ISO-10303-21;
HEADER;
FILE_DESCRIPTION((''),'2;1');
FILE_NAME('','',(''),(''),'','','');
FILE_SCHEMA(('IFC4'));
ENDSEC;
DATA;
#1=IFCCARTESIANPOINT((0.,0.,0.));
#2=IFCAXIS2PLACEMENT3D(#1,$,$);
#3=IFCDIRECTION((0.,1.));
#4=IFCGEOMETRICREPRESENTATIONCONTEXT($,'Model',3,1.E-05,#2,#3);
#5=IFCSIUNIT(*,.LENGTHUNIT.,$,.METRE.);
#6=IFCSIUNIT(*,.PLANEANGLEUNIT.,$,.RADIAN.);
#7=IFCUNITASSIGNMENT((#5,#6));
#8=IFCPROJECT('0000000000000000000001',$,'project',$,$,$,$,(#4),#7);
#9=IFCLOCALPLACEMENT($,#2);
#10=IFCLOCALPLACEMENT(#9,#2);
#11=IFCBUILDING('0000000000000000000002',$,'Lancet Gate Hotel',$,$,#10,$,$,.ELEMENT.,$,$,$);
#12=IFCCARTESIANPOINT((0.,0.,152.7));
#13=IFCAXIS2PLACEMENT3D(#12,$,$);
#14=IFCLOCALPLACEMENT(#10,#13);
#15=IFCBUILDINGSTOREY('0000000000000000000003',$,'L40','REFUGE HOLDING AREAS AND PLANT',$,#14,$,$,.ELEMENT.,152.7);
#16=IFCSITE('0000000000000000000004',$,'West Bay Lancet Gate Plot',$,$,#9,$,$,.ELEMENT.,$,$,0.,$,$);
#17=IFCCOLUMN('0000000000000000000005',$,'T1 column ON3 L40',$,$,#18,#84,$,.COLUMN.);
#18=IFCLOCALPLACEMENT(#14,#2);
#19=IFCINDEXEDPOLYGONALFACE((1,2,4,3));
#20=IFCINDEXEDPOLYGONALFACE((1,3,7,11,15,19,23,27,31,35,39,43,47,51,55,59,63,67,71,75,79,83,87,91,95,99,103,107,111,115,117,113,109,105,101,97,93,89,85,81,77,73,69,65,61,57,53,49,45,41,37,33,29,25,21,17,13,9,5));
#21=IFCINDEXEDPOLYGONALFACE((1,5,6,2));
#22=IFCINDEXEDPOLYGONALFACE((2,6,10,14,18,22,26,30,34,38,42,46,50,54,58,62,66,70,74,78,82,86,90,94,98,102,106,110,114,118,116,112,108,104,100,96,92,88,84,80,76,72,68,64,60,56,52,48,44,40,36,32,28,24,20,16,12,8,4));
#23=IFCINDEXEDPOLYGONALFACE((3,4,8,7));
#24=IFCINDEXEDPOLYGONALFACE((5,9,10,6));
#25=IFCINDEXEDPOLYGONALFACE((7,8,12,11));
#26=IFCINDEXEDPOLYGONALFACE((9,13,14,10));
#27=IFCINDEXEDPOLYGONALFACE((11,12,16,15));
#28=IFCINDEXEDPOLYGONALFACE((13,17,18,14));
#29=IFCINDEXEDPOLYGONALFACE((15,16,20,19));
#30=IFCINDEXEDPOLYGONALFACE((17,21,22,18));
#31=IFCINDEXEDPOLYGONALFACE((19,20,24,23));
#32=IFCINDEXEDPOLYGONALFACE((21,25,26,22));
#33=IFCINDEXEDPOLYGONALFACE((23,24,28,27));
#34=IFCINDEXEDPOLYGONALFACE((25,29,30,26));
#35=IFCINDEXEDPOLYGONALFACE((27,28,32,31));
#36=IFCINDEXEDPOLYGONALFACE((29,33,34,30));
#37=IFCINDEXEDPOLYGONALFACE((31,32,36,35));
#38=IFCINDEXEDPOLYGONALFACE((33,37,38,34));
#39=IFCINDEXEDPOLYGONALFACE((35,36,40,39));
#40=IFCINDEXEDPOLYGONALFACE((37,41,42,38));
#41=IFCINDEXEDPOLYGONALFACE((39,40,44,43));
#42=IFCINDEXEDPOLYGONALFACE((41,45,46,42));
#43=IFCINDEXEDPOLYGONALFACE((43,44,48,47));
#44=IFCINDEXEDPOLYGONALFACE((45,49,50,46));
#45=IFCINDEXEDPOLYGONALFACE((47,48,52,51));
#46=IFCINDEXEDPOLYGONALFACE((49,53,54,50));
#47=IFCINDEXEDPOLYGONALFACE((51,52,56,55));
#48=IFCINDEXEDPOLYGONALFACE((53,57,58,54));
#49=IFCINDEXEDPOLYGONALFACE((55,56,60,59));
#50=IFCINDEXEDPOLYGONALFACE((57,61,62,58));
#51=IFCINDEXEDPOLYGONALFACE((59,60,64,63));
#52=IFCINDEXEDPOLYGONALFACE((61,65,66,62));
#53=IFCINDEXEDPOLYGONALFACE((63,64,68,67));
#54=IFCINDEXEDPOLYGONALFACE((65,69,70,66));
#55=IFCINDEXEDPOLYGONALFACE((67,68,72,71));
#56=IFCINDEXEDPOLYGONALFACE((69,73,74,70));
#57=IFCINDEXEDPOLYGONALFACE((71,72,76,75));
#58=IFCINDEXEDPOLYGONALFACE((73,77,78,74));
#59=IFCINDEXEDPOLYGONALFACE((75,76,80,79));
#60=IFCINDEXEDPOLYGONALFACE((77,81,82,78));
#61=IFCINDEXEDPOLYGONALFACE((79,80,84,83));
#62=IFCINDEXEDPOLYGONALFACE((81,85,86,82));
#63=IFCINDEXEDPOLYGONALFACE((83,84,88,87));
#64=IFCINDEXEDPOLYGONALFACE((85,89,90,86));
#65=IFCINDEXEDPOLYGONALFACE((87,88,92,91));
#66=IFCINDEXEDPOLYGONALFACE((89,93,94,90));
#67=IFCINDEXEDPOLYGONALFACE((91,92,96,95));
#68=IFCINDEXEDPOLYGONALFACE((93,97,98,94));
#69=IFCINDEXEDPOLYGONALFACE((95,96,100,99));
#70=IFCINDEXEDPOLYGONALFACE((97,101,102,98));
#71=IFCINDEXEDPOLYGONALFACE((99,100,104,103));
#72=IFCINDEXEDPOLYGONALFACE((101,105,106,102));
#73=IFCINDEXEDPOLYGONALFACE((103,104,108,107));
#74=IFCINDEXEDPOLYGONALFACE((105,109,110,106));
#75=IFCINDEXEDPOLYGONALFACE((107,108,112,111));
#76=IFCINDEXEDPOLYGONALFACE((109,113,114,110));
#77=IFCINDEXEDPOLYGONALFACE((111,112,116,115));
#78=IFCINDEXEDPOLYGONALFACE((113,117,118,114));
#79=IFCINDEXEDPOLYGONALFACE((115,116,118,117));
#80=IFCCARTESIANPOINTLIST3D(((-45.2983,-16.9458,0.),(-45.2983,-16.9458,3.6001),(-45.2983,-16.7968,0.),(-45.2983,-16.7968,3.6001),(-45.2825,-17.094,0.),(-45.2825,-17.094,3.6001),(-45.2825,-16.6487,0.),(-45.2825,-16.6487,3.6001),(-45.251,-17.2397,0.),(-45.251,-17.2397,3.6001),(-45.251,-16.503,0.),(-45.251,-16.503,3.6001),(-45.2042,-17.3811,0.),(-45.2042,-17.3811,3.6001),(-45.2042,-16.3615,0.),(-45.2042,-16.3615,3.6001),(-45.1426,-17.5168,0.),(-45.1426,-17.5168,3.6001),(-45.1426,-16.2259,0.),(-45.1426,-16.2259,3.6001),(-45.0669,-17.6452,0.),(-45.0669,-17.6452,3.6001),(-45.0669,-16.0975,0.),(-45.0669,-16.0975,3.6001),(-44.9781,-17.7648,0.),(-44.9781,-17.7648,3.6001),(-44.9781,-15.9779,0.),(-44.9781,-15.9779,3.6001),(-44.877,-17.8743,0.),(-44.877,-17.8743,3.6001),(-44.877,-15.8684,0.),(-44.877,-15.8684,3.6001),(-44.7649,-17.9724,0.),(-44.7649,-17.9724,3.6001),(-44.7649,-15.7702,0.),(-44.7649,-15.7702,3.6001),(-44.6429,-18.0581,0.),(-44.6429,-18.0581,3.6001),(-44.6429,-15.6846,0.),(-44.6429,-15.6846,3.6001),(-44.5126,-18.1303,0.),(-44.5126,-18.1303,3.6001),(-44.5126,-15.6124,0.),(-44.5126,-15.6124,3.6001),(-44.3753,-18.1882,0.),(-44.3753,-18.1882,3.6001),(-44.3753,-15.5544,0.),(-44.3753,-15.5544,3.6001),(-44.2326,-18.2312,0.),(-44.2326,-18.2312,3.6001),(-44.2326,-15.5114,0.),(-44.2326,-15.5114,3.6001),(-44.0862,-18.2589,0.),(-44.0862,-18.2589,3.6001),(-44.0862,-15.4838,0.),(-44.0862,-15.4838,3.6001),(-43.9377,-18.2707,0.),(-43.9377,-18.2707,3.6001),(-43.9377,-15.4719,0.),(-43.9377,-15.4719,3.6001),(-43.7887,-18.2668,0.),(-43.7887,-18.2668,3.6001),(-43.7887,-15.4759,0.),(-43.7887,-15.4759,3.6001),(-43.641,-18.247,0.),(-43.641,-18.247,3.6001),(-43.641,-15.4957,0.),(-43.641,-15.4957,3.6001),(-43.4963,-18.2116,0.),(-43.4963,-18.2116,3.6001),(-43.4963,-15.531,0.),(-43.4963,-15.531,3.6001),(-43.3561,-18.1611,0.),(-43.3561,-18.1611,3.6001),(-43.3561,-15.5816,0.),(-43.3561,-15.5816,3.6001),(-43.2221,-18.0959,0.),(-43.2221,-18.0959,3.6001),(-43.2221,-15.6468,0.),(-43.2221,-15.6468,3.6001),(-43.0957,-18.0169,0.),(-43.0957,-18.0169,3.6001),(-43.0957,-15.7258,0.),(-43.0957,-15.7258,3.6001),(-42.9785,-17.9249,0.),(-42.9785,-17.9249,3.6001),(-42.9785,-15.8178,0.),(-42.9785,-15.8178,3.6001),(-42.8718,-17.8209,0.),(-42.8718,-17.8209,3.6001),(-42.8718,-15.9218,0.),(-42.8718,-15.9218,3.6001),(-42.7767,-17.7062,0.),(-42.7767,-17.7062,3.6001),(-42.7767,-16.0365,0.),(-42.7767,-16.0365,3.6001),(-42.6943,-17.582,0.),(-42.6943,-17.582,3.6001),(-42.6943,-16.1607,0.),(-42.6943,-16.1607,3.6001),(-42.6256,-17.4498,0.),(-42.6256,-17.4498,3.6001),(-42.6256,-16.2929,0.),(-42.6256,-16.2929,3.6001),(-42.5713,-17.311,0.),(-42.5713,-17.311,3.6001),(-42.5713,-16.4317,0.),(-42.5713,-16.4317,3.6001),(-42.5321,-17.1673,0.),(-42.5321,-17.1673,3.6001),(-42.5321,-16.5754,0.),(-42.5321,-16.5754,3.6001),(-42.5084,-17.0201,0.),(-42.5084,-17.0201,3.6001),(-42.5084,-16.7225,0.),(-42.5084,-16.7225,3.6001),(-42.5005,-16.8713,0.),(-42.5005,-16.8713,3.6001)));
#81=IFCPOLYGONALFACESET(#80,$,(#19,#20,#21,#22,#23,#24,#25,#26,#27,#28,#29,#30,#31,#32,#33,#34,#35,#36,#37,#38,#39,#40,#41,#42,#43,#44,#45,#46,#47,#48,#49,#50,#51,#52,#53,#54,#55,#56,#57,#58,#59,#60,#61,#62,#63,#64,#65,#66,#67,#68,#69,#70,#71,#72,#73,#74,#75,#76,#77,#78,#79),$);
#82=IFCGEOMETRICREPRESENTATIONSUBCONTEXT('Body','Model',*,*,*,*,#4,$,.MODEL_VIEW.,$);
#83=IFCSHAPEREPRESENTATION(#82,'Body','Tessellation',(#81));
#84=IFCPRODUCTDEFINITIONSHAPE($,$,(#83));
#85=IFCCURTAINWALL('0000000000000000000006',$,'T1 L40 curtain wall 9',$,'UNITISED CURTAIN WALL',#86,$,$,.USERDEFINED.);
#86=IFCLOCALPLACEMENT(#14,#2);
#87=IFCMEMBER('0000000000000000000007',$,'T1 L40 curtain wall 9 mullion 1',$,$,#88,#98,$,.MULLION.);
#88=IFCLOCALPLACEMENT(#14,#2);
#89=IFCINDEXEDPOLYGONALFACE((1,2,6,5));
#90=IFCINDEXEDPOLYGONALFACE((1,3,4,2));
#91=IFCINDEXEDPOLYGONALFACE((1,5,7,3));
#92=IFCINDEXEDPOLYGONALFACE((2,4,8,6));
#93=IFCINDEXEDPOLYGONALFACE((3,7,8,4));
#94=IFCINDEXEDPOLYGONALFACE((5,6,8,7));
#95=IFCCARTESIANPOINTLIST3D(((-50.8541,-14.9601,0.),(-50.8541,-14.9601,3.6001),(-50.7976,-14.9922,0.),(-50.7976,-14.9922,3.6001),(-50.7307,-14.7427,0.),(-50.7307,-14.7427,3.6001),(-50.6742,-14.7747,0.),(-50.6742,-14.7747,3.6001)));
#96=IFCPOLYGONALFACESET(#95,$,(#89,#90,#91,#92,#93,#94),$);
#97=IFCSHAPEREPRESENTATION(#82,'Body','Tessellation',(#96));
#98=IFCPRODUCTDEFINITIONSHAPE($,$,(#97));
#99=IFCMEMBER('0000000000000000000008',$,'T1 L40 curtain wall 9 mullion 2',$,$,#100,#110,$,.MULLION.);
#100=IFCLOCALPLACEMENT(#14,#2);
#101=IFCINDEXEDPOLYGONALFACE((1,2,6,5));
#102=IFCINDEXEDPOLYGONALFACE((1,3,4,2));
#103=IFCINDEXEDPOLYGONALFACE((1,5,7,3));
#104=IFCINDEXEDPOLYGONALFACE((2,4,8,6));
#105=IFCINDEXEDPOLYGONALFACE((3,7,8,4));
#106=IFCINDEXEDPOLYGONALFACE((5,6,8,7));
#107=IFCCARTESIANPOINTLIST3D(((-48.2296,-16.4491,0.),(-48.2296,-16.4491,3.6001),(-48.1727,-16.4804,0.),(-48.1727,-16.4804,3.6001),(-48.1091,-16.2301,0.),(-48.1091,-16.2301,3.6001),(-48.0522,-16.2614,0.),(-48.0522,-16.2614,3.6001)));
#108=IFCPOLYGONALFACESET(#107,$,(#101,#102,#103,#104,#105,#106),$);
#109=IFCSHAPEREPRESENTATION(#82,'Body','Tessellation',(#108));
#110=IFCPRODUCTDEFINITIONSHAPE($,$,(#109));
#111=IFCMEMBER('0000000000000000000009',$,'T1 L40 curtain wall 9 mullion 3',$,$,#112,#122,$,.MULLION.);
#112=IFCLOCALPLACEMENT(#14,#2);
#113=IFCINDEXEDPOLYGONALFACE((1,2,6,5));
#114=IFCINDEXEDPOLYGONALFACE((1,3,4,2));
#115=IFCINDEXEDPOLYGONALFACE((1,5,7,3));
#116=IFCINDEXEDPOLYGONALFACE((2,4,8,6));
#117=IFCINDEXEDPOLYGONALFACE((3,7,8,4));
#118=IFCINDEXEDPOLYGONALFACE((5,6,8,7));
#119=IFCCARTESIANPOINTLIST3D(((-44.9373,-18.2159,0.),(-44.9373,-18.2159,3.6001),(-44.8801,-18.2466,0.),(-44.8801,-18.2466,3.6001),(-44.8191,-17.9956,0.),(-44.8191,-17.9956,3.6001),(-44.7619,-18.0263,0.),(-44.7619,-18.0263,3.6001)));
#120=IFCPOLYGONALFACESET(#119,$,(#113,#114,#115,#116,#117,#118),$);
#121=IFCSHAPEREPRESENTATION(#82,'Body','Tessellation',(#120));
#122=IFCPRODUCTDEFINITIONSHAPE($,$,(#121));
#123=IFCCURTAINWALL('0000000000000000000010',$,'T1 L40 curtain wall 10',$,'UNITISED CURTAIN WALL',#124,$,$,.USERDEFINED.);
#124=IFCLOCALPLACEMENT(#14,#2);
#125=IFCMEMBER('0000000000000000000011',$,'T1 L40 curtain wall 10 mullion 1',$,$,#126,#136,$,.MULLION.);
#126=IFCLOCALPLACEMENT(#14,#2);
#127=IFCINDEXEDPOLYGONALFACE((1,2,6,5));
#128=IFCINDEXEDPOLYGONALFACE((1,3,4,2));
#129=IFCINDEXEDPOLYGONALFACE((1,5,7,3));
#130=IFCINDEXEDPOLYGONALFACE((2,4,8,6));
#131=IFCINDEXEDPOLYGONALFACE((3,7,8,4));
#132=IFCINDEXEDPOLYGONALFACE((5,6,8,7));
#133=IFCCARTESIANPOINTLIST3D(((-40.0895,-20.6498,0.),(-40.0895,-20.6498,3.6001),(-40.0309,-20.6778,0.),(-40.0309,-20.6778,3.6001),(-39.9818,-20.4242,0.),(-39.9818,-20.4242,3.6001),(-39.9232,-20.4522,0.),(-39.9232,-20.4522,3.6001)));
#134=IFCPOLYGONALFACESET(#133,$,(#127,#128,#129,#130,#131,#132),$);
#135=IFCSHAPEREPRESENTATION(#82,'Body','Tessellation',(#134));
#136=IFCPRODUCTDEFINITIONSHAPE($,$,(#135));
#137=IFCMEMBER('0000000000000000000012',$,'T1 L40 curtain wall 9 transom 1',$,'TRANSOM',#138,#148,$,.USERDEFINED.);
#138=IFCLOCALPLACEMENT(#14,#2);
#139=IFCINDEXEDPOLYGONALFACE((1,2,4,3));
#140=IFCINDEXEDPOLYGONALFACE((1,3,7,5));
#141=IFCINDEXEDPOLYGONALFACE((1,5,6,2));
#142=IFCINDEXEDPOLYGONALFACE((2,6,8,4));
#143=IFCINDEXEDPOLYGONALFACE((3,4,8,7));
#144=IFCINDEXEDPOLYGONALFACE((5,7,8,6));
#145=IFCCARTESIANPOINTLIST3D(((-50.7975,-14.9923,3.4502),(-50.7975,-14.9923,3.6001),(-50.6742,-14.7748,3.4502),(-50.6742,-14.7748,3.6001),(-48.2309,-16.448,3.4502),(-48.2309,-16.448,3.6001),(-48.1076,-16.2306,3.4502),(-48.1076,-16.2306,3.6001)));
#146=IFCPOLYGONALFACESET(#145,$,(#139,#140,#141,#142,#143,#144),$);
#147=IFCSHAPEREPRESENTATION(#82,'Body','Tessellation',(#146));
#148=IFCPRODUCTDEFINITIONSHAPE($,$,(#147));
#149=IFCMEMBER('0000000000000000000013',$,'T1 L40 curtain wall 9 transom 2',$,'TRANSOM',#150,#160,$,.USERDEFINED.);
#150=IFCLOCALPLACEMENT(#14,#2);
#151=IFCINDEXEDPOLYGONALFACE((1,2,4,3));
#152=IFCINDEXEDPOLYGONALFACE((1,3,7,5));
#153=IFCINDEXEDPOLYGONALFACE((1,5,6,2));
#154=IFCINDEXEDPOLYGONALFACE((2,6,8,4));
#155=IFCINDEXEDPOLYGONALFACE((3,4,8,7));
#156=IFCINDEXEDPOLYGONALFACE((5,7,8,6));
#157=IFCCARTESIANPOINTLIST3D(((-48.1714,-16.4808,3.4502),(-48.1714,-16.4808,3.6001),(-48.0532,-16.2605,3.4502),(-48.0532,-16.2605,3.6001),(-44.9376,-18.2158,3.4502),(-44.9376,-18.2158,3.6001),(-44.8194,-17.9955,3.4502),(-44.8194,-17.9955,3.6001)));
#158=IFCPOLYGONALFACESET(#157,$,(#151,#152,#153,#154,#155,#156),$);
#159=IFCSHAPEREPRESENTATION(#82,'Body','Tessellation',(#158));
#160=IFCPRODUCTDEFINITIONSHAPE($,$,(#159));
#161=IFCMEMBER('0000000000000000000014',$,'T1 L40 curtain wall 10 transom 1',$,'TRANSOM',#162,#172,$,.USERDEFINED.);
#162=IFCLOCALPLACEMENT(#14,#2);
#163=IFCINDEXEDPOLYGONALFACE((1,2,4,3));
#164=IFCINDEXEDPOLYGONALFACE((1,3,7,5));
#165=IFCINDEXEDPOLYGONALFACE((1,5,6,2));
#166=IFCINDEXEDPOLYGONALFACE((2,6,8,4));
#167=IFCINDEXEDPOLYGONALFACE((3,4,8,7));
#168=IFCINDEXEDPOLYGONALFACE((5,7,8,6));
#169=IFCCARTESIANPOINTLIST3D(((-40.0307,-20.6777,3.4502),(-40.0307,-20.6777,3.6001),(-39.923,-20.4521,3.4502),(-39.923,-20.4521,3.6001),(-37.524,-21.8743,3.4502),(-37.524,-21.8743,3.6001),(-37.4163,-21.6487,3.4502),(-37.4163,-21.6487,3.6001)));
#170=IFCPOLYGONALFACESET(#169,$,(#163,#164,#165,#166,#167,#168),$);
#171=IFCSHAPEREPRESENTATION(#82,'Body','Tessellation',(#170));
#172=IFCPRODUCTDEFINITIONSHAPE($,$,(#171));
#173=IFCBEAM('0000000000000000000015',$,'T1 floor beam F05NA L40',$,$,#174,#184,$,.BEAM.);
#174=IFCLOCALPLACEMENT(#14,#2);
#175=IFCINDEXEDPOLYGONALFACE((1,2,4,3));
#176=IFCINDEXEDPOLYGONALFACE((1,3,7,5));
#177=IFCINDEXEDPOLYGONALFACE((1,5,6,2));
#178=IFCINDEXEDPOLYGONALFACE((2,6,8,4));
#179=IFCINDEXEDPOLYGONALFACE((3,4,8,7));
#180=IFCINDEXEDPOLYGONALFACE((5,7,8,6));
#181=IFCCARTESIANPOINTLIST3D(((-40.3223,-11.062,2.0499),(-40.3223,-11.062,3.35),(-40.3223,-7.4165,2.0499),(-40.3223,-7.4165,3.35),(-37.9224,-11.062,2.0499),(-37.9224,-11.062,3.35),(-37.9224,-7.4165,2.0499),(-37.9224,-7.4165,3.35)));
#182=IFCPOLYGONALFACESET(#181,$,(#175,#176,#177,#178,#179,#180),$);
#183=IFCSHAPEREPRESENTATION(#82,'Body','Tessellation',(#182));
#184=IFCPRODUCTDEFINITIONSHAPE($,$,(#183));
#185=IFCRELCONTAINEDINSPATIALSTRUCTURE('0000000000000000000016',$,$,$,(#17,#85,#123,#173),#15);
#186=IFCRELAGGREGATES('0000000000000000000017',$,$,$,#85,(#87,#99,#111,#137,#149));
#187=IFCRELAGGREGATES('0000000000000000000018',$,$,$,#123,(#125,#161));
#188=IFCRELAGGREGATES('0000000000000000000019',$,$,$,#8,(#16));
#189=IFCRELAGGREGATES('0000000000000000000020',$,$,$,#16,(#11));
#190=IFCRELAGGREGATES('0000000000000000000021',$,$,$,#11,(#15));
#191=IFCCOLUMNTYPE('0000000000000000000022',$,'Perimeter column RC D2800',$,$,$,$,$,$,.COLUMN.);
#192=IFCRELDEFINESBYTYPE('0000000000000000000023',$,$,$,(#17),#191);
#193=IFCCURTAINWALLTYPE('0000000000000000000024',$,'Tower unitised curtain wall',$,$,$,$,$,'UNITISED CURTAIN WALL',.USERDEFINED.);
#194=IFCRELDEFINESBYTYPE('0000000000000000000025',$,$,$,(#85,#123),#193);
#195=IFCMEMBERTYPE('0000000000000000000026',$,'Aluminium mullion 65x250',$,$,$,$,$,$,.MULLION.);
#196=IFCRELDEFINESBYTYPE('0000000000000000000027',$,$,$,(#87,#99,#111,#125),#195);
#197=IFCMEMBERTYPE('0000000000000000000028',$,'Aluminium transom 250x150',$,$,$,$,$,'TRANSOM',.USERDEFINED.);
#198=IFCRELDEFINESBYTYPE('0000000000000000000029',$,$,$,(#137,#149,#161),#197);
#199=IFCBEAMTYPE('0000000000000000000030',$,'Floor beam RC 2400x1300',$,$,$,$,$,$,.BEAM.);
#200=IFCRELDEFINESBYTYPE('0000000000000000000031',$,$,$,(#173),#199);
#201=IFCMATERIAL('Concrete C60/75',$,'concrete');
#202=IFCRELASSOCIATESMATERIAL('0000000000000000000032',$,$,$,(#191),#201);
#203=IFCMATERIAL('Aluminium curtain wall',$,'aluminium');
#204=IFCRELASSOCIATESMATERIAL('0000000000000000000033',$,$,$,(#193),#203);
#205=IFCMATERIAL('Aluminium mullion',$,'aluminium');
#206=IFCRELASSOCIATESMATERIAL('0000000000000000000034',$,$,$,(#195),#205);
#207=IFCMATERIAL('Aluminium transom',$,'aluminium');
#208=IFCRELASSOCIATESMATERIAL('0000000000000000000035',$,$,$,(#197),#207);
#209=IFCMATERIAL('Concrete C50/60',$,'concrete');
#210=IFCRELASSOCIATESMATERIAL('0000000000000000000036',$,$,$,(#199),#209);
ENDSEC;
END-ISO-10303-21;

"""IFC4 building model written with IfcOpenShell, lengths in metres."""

from ifc_helpers import new_model, si_unit, direction, frame, origin, origin_2d, place, context, subcontext, project, spatial, rectangle, circle, extrude, material, material_profile, profile_set, type_object, element, aggregate, save


model = new_model("IFC4")

# Units and contexts
model_context = context("Model", 3, precision=1e-05, world=origin(), true_north=direction((0.0, 1.0)))
body_context = subcontext(model_context, "Body", "Model", "MODEL_VIEW")
ifc_project = project(units=[si_unit("LENGTHUNIT", "METRE"), si_unit("PLANEANGLEUNIT", "RADIAN")], contexts=[model_context])

# Site, building, storey
site_placement = place(None, origin())
site = spatial("IfcSite", under=ifc_project, at=site_placement, Name="West Bay Lancet Gate Plot", CompositionType="ELEMENT", RefElevation=0.0)
building_placement = place(site_placement, origin())
building = spatial("IfcBuilding", under=site, at=building_placement, Name="Lancet Gate Hotel", CompositionType="ELEMENT")
storey_placement = place(building_placement, frame((0.0, 0.0, 152.7)))
storey = spatial("IfcBuildingStorey", under=building, at=storey_placement, Name="L40", Description="REFUGE HOLDING AREAS AND PLANT", CompositionType="ELEMENT", Elevation=152.7)

# Column
ifc_material_1 = material(Name="Concrete C60/75", Category="concrete")
ifc_material_profile_1 = material_profile(ifc_material_1, circle(Radius=1.3999, at=origin_2d()), Name="RC D2800")
ifc_profile_set_1 = profile_set([ifc_material_profile_1], Name="Concrete C60/75")
column_type = type_object("IfcColumnType", Name="Perimeter column RC D2800", PredefinedType="COLUMN", material=ifc_profile_set_1)
column_placement = place(storey_placement, frame((-43.9004, -16.8713, 0.0), z_axis=(0.0, 0.0, 1.0), x_axis=(1.0, 0.0, 0.0)))
element("IfcColumn", 1, at=column_placement, inside=storey, type_object=column_type, Name="T1 column ON3 L40", PredefinedType="COLUMN", context=body_context, shape_type="SweptSolid", body=[
    extrude(circle(Radius=1.3999, at=origin_2d()), origin(), (0.0, 0.0, 1.0), 3.6001),
])

# Curtain wall, members
ifc_material_2 = material(Name="Aluminium curtain wall", Category="aluminium")
curtain_wall_type = type_object("IfcCurtainWallType", Name="Tower unitised curtain wall", ElementType="UNITISED CURTAIN WALL", PredefinedType="USERDEFINED", material=ifc_material_2)
curtain_wall_1_placement = place(storey_placement, origin())
curtain_wall_1 = element("IfcCurtainWall", 2, at=curtain_wall_1_placement, inside=storey, type_object=curtain_wall_type, Name="T1 L40 curtain wall 9", ObjectType="UNITISED CURTAIN WALL", PredefinedType="USERDEFINED")
ifc_material_3 = material(Name="Aluminium mullion", Category="aluminium")
ifc_material_profile_2 = material_profile(ifc_material_3, rectangle(XDim=0.0649, YDim=0.25, at=origin_2d()), Name="MULLION 65x250")
ifc_profile_set_2 = profile_set([ifc_material_profile_2], Name="Aluminium mullion")
member_type_1 = type_object("IfcMemberType", Name="Aluminium mullion 65x250", PredefinedType="MULLION", material=ifc_profile_set_2)
member_1_placement = place(storey_placement, frame((-50.7642, -14.8674, 0.0), z_axis=(0.0, 0.0, 1.0), x_axis=(0.869831, -0.493349, 0.0)))
member_1 = element("IfcMember", 3, at=member_1_placement, type_object=member_type_1, Name="T1 L40 curtain wall 9 mullion 1", PredefinedType="MULLION", context=body_context, shape_type="SweptSolid", body=[
    extrude(rectangle(XDim=0.0649, YDim=0.25, at=origin_2d()), origin(), (0.0, 0.0, 1.0), 3.6001),
])
member_2_placement = place(storey_placement, frame((-48.1409, -16.3552, 0.0), z_axis=(0.0, 0.0, 1.0), x_axis=(0.876179, -0.481986, 0.0)))
member_2 = element("IfcMember", 4, at=member_2_placement, type_object=member_type_1, Name="T1 L40 curtain wall 9 mullion 2", PredefinedType="MULLION", context=body_context, shape_type="SweptSolid", body=[
    extrude(rectangle(XDim=0.0649, YDim=0.25, at=origin_2d()), origin(), (0.0, 0.0, 1.0), 3.6001),
])
member_3_placement = place(storey_placement, frame((-44.8496, -18.1211, 0.0), z_axis=(0.0, 0.0, 1.0), x_axis=(0.881195, -0.472753, 0.0)))
member_3 = element("IfcMember", 5, at=member_3_placement, type_object=member_type_1, Name="T1 L40 curtain wall 9 mullion 3", PredefinedType="MULLION", context=body_context, shape_type="SweptSolid", body=[
    extrude(rectangle(XDim=0.0649, YDim=0.25, at=origin_2d()), origin(), (0.0, 0.0, 1.0), 3.6001),
])

# Curtain wall, member
curtain_wall_2_placement = place(storey_placement, origin())
curtain_wall_2 = element("IfcCurtainWall", 6, at=curtain_wall_2_placement, inside=storey, type_object=curtain_wall_type, Name="T1 L40 curtain wall 10", ObjectType="UNITISED CURTAIN WALL", PredefinedType="USERDEFINED")
member_4_placement = place(storey_placement, frame((-40.0063, -20.551, 0.0), z_axis=(0.0, 0.0, 1.0), x_axis=(0.902454, -0.430787, 0.0)))
member_4 = element("IfcMember", 7, at=member_4_placement, type_object=member_type_1, Name="T1 L40 curtain wall 10 mullion 1", PredefinedType="MULLION", context=body_context, shape_type="SweptSolid", body=[
    extrude(rectangle(XDim=0.0649, YDim=0.25, at=origin_2d()), origin(), (0.0, 0.0, 1.0), 3.6001),
])

# Members
ifc_material_4 = material(Name="Aluminium transom", Category="aluminium")
ifc_material_profile_3 = material_profile(ifc_material_4, rectangle(XDim=0.25, YDim=0.1499, at=origin_2d()), Name="TRANSOM 250x150")
ifc_profile_set_3 = profile_set([ifc_material_profile_3], Name="Aluminium transom")
member_type_2 = type_object("IfcMemberType", Name="Aluminium transom 250x150", ElementType="TRANSOM", PredefinedType="USERDEFINED", material=ifc_profile_set_3)
member_5_placement = place(storey_placement, frame((-50.7358, -14.8835, 3.5251), z_axis=(0.869822, -0.493365, 0.0), x_axis=(0.493365, 0.869822, 0.0)))
member_5 = element("IfcMember", 8, at=member_5_placement, type_object=member_type_2, Name="T1 L40 curtain wall 9 transom 1", ObjectType="TRANSOM", PredefinedType="USERDEFINED", context=body_context, shape_type="SweptSolid", body=[
    extrude(rectangle(XDim=0.25, YDim=0.1499, at=origin_2d()), origin(), (0.0, 0.0, 1.0), 2.9507),
])
member_6_placement = place(storey_placement, frame((-48.1123, -16.3706, 3.5251), z_axis=(0.881177, -0.472786, 0.0), x_axis=(0.472786, 0.881177, 0.0)))
member_6 = element("IfcMember", 9, at=member_6_placement, type_object=member_type_2, Name="T1 L40 curtain wall 9 transom 2", ObjectType="TRANSOM", PredefinedType="USERDEFINED", context=body_context, shape_type="SweptSolid", body=[
    extrude(rectangle(XDim=0.25, YDim=0.1499, at=origin_2d()), origin(), (0.0, 0.0, 1.0), 3.6699),
])
member_7_placement = place(storey_placement, frame((-39.9768, -20.5649, 3.5251), z_axis=(0.902452, -0.43079, 0.0), x_axis=(0.43079, 0.902452, 0.0)))
member_7 = element("IfcMember", 10, at=member_7_placement, type_object=member_type_2, Name="T1 L40 curtain wall 10 transom 1", ObjectType="TRANSOM", PredefinedType="USERDEFINED", context=body_context, shape_type="SweptSolid", body=[
    extrude(rectangle(XDim=0.25, YDim=0.1499, at=origin_2d()), origin(), (0.0, 0.0, 1.0), 2.7776),
])

# Beam
ifc_material_5 = material(Name="Concrete C50/60", Category="concrete")
ifc_material_profile_4 = material_profile(ifc_material_5, rectangle(XDim=2.3999, YDim=1.3, at=origin_2d()), Name="RC 2400x1300")
ifc_profile_set_4 = profile_set([ifc_material_profile_4], Name="Concrete C50/60")
beam_type = type_object("IfcBeamType", Name="Floor beam RC 2400x1300", PredefinedType="BEAM", material=ifc_profile_set_4)
beam_placement = place(storey_placement, frame((-39.1223, -7.4165, 2.7), z_axis=(0.0, -1.0, 0.0), x_axis=(1.0, 0.0, 0.0)))
element("IfcBeam", 11, at=beam_placement, inside=storey, type_object=beam_type, Name="T1 floor beam F05NA L40", PredefinedType="BEAM", context=body_context, shape_type="SweptSolid", body=[
    extrude(rectangle(XDim=2.3999, YDim=1.3, at=origin_2d()), origin(), (0.0, 0.0, 1.0), 3.6455),
])

aggregate(curtain_wall_1, [member_1, member_2, member_3, member_5, member_6])
aggregate(curtain_wall_2, [member_4, member_7])

save(model, "model.ifc")
